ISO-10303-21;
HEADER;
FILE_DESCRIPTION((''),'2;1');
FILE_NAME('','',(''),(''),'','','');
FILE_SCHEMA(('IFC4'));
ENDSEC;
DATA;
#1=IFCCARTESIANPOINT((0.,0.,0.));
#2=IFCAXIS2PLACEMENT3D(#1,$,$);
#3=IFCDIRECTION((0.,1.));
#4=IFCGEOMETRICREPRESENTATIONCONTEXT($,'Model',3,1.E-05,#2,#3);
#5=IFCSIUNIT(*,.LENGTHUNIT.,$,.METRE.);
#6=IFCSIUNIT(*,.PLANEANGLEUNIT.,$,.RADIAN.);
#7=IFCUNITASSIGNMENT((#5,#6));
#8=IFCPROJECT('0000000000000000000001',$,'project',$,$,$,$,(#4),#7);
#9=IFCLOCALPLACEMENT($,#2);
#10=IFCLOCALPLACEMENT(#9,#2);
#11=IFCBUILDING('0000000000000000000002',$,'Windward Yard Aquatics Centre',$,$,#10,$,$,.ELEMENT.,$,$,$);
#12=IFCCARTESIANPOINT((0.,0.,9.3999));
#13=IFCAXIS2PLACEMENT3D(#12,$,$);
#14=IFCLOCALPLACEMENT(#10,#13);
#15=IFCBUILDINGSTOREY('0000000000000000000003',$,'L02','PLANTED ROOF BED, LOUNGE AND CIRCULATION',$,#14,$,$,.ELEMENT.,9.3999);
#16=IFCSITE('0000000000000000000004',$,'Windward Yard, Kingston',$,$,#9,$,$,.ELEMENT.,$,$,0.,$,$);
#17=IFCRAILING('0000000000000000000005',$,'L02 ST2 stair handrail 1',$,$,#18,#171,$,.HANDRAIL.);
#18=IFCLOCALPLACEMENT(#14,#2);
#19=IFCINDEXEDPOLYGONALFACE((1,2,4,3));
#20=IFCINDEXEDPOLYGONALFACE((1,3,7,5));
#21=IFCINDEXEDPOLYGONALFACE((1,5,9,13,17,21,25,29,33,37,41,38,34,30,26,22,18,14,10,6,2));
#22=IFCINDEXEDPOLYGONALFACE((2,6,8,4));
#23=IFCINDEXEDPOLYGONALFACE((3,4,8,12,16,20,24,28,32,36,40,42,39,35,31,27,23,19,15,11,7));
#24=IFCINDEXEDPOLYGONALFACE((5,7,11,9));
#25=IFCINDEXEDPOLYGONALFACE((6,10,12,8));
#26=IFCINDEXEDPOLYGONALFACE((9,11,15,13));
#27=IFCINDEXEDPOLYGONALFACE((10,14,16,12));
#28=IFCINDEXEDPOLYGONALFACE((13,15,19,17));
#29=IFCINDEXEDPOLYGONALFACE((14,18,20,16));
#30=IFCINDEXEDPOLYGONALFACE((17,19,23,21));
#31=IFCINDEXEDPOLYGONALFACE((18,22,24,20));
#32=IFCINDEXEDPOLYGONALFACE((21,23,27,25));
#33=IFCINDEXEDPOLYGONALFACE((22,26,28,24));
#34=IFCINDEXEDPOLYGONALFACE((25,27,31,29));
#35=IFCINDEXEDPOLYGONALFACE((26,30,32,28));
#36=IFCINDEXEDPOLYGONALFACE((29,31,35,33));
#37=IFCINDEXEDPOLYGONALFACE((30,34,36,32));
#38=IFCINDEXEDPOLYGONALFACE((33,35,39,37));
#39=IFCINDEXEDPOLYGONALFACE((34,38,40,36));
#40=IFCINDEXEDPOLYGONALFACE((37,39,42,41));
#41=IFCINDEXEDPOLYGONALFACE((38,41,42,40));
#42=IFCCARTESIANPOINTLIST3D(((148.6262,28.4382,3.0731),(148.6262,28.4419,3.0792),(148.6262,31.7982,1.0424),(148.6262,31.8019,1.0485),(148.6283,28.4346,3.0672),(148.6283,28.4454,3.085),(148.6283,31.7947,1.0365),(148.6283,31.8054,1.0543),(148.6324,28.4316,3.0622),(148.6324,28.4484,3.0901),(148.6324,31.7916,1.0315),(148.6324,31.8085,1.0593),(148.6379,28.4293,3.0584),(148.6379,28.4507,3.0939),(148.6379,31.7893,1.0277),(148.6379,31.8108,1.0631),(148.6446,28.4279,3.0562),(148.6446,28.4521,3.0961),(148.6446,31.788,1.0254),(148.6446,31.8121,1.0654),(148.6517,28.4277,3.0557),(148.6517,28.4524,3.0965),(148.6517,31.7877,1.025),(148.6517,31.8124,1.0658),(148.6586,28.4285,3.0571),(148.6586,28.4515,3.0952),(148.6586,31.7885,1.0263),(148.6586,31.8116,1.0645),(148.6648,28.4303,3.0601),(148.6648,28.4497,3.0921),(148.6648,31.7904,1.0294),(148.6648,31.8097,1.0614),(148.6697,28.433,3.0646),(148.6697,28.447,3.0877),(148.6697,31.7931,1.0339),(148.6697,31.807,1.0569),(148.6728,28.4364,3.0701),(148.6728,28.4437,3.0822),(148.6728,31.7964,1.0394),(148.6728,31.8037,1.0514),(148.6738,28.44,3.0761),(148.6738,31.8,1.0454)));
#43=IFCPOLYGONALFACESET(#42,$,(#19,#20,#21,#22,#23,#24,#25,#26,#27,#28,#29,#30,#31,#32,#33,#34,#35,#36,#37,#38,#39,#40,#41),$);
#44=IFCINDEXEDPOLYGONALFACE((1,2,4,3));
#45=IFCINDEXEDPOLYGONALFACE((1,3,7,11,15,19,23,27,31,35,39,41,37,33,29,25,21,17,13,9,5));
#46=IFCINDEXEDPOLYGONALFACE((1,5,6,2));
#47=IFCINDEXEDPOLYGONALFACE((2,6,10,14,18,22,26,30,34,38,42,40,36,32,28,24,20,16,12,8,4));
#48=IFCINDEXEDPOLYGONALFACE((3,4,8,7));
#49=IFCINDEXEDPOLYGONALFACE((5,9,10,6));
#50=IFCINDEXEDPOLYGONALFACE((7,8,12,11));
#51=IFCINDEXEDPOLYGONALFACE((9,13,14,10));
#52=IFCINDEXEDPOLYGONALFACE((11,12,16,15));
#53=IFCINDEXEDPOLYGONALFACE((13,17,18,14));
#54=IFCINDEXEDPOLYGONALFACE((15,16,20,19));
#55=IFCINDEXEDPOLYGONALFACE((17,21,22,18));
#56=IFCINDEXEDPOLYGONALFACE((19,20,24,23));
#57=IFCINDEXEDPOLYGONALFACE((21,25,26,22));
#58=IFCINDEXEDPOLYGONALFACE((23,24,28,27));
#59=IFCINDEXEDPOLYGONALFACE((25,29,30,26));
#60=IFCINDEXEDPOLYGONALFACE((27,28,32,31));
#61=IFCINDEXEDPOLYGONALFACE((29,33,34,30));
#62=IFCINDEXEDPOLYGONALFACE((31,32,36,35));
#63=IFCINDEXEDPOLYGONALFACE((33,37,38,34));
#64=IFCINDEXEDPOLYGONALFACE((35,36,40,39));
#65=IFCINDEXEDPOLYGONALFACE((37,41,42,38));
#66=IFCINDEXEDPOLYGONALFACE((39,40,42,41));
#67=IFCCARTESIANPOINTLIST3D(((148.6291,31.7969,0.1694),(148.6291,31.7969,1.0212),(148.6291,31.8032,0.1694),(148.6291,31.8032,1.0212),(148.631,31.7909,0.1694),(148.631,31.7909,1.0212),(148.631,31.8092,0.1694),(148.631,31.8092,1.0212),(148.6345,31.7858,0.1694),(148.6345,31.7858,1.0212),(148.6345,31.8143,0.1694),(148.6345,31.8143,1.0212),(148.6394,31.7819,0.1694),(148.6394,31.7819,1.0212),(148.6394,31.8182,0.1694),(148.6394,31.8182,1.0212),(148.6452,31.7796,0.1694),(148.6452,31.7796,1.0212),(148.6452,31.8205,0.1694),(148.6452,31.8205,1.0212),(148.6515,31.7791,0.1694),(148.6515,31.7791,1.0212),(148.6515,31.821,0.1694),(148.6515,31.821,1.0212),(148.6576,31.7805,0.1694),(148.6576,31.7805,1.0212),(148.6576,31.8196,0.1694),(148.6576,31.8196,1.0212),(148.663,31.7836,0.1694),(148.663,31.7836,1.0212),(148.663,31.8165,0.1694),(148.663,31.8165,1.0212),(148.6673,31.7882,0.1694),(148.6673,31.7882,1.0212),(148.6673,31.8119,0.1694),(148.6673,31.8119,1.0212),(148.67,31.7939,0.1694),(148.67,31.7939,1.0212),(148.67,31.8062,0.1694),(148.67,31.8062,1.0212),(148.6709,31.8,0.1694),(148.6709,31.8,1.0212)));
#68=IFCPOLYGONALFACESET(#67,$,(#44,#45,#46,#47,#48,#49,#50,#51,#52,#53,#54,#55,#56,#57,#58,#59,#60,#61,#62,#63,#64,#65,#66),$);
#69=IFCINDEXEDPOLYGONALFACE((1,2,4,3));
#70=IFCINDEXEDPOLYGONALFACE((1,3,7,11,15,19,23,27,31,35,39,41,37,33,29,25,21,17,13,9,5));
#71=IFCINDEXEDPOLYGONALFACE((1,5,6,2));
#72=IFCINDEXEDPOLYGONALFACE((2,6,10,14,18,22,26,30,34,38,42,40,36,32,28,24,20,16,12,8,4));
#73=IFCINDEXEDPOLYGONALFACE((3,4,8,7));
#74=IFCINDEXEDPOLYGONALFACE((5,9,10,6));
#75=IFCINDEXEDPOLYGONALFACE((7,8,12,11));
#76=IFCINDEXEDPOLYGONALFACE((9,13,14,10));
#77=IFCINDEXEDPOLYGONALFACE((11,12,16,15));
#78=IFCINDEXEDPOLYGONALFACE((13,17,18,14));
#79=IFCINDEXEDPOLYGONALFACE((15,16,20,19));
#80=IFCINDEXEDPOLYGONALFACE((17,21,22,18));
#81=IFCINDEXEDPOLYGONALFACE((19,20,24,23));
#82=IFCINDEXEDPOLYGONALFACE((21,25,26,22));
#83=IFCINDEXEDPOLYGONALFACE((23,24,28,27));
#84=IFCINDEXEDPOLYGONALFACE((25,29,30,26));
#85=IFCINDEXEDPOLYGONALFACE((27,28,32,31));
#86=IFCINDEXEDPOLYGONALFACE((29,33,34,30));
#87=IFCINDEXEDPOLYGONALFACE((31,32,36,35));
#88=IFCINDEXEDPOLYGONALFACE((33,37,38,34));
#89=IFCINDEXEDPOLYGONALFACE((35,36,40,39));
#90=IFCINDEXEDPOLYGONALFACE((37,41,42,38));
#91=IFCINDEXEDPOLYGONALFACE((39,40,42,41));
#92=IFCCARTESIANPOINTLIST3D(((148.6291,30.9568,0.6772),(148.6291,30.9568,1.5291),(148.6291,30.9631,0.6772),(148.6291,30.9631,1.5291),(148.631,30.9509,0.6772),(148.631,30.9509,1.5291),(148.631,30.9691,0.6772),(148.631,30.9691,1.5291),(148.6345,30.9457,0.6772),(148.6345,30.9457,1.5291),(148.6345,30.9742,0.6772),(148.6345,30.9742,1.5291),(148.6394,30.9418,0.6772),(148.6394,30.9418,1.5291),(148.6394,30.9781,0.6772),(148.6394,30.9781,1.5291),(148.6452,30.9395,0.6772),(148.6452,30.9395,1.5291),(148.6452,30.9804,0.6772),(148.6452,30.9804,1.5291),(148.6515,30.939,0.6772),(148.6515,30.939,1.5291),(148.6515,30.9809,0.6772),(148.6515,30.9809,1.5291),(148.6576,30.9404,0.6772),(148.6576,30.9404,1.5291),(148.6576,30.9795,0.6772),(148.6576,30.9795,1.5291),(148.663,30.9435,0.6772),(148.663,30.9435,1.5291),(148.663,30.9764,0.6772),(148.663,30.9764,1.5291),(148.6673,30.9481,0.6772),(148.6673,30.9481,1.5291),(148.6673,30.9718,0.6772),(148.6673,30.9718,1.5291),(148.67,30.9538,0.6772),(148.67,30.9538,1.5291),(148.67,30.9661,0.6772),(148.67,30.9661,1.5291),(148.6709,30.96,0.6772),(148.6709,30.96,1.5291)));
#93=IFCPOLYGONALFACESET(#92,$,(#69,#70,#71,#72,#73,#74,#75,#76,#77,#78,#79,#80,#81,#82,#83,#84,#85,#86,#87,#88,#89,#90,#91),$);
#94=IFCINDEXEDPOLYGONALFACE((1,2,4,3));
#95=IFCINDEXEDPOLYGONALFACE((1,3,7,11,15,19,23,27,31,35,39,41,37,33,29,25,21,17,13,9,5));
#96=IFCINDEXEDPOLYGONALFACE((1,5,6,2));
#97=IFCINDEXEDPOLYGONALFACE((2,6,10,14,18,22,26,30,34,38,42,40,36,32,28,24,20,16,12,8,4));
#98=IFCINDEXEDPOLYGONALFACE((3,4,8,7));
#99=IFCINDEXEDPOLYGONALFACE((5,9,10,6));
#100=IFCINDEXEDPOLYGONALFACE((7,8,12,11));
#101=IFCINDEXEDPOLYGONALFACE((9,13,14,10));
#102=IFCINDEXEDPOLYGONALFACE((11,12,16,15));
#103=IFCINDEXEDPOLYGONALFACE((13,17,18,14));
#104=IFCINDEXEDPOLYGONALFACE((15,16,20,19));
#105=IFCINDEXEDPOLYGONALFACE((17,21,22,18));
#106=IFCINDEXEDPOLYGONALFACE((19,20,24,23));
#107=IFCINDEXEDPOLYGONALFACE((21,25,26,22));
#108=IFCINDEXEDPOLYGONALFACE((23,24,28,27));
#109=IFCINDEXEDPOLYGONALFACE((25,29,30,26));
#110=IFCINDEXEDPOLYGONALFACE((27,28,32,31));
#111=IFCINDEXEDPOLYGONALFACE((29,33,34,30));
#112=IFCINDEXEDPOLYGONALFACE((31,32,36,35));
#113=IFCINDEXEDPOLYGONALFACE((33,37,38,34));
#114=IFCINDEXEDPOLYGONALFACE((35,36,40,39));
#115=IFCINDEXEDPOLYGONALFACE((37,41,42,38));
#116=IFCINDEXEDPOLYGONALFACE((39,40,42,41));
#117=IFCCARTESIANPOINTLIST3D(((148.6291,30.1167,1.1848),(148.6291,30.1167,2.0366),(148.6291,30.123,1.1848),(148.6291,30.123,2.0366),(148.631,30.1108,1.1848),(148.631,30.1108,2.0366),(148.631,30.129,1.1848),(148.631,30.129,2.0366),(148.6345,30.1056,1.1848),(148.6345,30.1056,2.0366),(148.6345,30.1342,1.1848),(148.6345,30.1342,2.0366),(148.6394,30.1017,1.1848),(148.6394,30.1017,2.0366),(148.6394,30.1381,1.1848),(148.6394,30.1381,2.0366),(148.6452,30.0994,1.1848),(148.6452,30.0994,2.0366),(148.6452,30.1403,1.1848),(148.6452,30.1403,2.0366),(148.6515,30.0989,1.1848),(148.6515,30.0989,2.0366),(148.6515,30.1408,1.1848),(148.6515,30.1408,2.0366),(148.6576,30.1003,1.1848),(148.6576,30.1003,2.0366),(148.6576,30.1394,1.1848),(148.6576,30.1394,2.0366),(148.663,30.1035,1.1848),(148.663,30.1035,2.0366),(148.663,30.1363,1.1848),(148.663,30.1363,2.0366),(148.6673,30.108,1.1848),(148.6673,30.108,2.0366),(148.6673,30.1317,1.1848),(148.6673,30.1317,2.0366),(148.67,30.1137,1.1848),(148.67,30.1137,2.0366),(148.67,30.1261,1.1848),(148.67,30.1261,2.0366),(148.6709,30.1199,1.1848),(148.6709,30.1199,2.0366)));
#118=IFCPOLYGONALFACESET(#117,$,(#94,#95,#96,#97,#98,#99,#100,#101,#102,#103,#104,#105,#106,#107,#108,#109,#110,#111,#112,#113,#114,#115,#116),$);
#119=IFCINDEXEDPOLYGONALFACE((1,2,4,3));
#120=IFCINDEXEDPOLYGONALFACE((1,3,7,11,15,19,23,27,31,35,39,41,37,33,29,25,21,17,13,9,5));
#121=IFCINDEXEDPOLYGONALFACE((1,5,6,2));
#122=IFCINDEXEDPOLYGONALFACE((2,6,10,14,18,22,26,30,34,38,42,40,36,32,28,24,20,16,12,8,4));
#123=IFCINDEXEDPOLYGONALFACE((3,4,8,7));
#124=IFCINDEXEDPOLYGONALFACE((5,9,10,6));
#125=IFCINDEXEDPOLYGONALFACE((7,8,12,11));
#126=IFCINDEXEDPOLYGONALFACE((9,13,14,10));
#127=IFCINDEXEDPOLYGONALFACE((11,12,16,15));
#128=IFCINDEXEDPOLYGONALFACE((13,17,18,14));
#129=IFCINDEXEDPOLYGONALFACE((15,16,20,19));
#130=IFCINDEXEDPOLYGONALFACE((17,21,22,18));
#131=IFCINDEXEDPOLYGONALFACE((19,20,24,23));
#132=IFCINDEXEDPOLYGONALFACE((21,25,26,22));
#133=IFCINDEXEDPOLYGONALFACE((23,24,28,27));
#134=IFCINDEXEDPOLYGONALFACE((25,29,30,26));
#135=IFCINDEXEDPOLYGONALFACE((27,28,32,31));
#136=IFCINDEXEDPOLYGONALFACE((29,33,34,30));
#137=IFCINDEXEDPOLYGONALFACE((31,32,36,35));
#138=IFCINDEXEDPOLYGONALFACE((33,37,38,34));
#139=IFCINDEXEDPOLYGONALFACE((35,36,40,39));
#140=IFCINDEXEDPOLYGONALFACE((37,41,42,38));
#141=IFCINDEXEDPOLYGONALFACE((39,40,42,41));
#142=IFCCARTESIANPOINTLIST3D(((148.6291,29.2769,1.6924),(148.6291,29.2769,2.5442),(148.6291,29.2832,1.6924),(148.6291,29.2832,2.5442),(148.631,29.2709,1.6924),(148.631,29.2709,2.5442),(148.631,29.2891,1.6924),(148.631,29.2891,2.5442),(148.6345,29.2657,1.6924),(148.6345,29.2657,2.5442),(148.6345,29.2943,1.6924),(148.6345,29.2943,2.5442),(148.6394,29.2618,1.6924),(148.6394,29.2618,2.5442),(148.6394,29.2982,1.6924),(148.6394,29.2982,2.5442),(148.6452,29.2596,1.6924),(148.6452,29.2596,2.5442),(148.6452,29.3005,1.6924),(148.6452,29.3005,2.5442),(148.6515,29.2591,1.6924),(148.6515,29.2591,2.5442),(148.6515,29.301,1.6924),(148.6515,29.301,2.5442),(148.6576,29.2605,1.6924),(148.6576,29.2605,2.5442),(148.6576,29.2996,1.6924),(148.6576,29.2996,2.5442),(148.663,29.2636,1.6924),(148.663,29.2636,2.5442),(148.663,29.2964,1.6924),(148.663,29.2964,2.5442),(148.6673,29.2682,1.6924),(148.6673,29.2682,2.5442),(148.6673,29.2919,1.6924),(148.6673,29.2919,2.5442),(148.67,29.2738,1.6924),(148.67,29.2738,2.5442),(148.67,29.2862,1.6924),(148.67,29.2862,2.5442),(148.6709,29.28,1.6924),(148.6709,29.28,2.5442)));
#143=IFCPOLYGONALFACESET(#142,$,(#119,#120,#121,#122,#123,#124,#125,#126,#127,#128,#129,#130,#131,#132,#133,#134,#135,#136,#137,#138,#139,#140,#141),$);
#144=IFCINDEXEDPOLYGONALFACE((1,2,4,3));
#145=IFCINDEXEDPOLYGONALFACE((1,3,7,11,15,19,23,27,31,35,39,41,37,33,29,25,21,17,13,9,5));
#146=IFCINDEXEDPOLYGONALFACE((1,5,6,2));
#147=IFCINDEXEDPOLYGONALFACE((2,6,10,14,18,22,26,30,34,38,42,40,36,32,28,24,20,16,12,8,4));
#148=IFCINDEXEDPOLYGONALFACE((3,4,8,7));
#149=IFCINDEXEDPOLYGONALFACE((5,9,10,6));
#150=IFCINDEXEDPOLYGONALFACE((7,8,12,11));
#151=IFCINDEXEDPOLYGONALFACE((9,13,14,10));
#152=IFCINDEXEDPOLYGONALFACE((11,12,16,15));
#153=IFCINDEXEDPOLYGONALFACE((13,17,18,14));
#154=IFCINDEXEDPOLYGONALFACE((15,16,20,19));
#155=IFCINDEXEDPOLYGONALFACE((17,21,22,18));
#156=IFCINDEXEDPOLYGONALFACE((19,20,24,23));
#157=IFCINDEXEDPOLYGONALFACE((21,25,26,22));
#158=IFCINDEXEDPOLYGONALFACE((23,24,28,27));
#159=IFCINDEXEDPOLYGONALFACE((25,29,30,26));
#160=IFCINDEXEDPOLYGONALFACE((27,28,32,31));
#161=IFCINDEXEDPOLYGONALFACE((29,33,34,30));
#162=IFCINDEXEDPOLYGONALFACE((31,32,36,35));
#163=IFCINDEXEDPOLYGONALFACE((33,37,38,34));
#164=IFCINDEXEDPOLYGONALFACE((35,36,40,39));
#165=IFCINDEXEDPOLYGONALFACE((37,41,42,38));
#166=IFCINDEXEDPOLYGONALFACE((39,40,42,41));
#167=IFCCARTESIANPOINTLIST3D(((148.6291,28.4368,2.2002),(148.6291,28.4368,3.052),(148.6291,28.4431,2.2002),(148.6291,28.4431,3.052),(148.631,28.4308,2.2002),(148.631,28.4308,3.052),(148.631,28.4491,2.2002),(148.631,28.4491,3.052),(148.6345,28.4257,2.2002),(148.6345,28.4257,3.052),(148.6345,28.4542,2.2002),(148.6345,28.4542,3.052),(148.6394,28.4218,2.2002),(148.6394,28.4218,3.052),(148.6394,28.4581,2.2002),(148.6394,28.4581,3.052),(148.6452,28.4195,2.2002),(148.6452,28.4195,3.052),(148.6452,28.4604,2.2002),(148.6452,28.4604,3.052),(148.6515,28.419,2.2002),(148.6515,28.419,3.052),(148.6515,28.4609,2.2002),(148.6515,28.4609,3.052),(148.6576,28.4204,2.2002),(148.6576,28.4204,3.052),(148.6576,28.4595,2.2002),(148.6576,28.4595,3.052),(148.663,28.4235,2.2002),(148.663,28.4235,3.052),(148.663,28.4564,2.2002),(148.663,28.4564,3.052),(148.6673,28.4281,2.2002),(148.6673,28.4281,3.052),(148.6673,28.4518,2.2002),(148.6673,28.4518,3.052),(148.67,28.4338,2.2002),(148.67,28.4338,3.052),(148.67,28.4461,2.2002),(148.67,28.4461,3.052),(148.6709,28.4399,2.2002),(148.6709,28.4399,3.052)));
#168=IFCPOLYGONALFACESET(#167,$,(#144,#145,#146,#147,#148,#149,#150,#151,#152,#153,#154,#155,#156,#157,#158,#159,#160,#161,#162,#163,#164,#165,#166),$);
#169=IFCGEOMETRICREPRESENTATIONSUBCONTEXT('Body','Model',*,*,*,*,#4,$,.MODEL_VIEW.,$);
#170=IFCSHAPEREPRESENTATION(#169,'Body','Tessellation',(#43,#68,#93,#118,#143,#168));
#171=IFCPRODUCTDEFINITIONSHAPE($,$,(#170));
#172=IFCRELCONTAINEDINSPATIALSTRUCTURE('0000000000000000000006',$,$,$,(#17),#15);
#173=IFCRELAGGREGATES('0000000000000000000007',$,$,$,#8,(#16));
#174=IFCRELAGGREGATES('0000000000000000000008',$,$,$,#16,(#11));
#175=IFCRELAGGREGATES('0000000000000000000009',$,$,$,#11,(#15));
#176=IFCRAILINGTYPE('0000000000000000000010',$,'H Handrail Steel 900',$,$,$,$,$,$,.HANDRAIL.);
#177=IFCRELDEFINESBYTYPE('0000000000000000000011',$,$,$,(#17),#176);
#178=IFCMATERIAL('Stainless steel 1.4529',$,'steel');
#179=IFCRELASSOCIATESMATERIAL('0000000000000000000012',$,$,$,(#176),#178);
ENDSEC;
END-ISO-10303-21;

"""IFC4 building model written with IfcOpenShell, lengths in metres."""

from ifc_helpers import new_model, si_unit, direction, frame, origin, origin_2d, place, context, subcontext, project, spatial, circle, extrude, material, type_object, element, save


model = new_model("IFC4")

# Units and contexts
model_context = context("Model", 3, precision=1e-05, world=origin(), true_north=direction((0.0, 1.0)))
body_context = subcontext(model_context, "Body", "Model", "MODEL_VIEW")
ifc_project = project(units=[si_unit("LENGTHUNIT", "METRE"), si_unit("PLANEANGLEUNIT", "RADIAN")], contexts=[model_context])

# Site, building, storey
site_placement = place(None, origin())
site = spatial("IfcSite", under=ifc_project, at=site_placement, Name="Windward Yard, Kingston", CompositionType="ELEMENT", RefElevation=0.0)
building_placement = place(site_placement, origin())
building = spatial("IfcBuilding", under=site, at=building_placement, Name="Windward Yard Aquatics Centre", CompositionType="ELEMENT")
storey_placement = place(building_placement, frame((0.0, 0.0, 9.3999)))
storey = spatial("IfcBuildingStorey", under=building, at=storey_placement, Name="L02", Description="PLANTED ROOF BED, LOUNGE AND CIRCULATION", CompositionType="ELEMENT", Elevation=9.3999)

# Railing
ifc_material_1 = material(Name="Stainless steel 1.4529", Category="steel")
railing_type_1 = type_object("IfcRailingType", Name="H Handrail Steel 900", PredefinedType="HANDRAIL", material=ifc_material_1)
railing_1_placement = place(storey_placement, frame((148.6499, 31.8, 0.1694)))
element("IfcRailing", 1, at=railing_1_placement, inside=storey, type_object=railing_type_1, Name="L02 ST2 stair handrail 1", PredefinedType="HANDRAIL", context=body_context, shape_type="SweptSolid", body=[
    extrude(circle(Radius=0.0239, at=origin_2d()), frame((0.0, 0.0, 0.876), z_axis=(0.0, -0.855837, 0.517246), x_axis=(1.0, 0.0, 0.0)), (0.0, 0.0, 1.0), 3.926),
    extrude(circle(Radius=0.021, at=origin_2d()), origin(), (0.0, 0.0, 1.0), 0.8518),
    extrude(circle(Radius=0.021, at=origin_2d()), frame((0.0, -0.8401, 0.5078)), (0.0, 0.0, 1.0), 0.8518),
    extrude(circle(Radius=0.021, at=origin_2d()), frame((0.0, -1.6802, 1.0154)), (0.0, 0.0, 1.0), 0.8518),
    extrude(circle(Radius=0.021, at=origin_2d()), frame((0.0, -2.52, 1.5229)), (0.0, 0.0, 1.0), 0.8518),
    extrude(circle(Radius=0.021, at=origin_2d()), frame((0.0, -3.3601, 2.0308)), (0.0, 0.0, 1.0), 0.8518),
])

save(model, "model.ifc")
